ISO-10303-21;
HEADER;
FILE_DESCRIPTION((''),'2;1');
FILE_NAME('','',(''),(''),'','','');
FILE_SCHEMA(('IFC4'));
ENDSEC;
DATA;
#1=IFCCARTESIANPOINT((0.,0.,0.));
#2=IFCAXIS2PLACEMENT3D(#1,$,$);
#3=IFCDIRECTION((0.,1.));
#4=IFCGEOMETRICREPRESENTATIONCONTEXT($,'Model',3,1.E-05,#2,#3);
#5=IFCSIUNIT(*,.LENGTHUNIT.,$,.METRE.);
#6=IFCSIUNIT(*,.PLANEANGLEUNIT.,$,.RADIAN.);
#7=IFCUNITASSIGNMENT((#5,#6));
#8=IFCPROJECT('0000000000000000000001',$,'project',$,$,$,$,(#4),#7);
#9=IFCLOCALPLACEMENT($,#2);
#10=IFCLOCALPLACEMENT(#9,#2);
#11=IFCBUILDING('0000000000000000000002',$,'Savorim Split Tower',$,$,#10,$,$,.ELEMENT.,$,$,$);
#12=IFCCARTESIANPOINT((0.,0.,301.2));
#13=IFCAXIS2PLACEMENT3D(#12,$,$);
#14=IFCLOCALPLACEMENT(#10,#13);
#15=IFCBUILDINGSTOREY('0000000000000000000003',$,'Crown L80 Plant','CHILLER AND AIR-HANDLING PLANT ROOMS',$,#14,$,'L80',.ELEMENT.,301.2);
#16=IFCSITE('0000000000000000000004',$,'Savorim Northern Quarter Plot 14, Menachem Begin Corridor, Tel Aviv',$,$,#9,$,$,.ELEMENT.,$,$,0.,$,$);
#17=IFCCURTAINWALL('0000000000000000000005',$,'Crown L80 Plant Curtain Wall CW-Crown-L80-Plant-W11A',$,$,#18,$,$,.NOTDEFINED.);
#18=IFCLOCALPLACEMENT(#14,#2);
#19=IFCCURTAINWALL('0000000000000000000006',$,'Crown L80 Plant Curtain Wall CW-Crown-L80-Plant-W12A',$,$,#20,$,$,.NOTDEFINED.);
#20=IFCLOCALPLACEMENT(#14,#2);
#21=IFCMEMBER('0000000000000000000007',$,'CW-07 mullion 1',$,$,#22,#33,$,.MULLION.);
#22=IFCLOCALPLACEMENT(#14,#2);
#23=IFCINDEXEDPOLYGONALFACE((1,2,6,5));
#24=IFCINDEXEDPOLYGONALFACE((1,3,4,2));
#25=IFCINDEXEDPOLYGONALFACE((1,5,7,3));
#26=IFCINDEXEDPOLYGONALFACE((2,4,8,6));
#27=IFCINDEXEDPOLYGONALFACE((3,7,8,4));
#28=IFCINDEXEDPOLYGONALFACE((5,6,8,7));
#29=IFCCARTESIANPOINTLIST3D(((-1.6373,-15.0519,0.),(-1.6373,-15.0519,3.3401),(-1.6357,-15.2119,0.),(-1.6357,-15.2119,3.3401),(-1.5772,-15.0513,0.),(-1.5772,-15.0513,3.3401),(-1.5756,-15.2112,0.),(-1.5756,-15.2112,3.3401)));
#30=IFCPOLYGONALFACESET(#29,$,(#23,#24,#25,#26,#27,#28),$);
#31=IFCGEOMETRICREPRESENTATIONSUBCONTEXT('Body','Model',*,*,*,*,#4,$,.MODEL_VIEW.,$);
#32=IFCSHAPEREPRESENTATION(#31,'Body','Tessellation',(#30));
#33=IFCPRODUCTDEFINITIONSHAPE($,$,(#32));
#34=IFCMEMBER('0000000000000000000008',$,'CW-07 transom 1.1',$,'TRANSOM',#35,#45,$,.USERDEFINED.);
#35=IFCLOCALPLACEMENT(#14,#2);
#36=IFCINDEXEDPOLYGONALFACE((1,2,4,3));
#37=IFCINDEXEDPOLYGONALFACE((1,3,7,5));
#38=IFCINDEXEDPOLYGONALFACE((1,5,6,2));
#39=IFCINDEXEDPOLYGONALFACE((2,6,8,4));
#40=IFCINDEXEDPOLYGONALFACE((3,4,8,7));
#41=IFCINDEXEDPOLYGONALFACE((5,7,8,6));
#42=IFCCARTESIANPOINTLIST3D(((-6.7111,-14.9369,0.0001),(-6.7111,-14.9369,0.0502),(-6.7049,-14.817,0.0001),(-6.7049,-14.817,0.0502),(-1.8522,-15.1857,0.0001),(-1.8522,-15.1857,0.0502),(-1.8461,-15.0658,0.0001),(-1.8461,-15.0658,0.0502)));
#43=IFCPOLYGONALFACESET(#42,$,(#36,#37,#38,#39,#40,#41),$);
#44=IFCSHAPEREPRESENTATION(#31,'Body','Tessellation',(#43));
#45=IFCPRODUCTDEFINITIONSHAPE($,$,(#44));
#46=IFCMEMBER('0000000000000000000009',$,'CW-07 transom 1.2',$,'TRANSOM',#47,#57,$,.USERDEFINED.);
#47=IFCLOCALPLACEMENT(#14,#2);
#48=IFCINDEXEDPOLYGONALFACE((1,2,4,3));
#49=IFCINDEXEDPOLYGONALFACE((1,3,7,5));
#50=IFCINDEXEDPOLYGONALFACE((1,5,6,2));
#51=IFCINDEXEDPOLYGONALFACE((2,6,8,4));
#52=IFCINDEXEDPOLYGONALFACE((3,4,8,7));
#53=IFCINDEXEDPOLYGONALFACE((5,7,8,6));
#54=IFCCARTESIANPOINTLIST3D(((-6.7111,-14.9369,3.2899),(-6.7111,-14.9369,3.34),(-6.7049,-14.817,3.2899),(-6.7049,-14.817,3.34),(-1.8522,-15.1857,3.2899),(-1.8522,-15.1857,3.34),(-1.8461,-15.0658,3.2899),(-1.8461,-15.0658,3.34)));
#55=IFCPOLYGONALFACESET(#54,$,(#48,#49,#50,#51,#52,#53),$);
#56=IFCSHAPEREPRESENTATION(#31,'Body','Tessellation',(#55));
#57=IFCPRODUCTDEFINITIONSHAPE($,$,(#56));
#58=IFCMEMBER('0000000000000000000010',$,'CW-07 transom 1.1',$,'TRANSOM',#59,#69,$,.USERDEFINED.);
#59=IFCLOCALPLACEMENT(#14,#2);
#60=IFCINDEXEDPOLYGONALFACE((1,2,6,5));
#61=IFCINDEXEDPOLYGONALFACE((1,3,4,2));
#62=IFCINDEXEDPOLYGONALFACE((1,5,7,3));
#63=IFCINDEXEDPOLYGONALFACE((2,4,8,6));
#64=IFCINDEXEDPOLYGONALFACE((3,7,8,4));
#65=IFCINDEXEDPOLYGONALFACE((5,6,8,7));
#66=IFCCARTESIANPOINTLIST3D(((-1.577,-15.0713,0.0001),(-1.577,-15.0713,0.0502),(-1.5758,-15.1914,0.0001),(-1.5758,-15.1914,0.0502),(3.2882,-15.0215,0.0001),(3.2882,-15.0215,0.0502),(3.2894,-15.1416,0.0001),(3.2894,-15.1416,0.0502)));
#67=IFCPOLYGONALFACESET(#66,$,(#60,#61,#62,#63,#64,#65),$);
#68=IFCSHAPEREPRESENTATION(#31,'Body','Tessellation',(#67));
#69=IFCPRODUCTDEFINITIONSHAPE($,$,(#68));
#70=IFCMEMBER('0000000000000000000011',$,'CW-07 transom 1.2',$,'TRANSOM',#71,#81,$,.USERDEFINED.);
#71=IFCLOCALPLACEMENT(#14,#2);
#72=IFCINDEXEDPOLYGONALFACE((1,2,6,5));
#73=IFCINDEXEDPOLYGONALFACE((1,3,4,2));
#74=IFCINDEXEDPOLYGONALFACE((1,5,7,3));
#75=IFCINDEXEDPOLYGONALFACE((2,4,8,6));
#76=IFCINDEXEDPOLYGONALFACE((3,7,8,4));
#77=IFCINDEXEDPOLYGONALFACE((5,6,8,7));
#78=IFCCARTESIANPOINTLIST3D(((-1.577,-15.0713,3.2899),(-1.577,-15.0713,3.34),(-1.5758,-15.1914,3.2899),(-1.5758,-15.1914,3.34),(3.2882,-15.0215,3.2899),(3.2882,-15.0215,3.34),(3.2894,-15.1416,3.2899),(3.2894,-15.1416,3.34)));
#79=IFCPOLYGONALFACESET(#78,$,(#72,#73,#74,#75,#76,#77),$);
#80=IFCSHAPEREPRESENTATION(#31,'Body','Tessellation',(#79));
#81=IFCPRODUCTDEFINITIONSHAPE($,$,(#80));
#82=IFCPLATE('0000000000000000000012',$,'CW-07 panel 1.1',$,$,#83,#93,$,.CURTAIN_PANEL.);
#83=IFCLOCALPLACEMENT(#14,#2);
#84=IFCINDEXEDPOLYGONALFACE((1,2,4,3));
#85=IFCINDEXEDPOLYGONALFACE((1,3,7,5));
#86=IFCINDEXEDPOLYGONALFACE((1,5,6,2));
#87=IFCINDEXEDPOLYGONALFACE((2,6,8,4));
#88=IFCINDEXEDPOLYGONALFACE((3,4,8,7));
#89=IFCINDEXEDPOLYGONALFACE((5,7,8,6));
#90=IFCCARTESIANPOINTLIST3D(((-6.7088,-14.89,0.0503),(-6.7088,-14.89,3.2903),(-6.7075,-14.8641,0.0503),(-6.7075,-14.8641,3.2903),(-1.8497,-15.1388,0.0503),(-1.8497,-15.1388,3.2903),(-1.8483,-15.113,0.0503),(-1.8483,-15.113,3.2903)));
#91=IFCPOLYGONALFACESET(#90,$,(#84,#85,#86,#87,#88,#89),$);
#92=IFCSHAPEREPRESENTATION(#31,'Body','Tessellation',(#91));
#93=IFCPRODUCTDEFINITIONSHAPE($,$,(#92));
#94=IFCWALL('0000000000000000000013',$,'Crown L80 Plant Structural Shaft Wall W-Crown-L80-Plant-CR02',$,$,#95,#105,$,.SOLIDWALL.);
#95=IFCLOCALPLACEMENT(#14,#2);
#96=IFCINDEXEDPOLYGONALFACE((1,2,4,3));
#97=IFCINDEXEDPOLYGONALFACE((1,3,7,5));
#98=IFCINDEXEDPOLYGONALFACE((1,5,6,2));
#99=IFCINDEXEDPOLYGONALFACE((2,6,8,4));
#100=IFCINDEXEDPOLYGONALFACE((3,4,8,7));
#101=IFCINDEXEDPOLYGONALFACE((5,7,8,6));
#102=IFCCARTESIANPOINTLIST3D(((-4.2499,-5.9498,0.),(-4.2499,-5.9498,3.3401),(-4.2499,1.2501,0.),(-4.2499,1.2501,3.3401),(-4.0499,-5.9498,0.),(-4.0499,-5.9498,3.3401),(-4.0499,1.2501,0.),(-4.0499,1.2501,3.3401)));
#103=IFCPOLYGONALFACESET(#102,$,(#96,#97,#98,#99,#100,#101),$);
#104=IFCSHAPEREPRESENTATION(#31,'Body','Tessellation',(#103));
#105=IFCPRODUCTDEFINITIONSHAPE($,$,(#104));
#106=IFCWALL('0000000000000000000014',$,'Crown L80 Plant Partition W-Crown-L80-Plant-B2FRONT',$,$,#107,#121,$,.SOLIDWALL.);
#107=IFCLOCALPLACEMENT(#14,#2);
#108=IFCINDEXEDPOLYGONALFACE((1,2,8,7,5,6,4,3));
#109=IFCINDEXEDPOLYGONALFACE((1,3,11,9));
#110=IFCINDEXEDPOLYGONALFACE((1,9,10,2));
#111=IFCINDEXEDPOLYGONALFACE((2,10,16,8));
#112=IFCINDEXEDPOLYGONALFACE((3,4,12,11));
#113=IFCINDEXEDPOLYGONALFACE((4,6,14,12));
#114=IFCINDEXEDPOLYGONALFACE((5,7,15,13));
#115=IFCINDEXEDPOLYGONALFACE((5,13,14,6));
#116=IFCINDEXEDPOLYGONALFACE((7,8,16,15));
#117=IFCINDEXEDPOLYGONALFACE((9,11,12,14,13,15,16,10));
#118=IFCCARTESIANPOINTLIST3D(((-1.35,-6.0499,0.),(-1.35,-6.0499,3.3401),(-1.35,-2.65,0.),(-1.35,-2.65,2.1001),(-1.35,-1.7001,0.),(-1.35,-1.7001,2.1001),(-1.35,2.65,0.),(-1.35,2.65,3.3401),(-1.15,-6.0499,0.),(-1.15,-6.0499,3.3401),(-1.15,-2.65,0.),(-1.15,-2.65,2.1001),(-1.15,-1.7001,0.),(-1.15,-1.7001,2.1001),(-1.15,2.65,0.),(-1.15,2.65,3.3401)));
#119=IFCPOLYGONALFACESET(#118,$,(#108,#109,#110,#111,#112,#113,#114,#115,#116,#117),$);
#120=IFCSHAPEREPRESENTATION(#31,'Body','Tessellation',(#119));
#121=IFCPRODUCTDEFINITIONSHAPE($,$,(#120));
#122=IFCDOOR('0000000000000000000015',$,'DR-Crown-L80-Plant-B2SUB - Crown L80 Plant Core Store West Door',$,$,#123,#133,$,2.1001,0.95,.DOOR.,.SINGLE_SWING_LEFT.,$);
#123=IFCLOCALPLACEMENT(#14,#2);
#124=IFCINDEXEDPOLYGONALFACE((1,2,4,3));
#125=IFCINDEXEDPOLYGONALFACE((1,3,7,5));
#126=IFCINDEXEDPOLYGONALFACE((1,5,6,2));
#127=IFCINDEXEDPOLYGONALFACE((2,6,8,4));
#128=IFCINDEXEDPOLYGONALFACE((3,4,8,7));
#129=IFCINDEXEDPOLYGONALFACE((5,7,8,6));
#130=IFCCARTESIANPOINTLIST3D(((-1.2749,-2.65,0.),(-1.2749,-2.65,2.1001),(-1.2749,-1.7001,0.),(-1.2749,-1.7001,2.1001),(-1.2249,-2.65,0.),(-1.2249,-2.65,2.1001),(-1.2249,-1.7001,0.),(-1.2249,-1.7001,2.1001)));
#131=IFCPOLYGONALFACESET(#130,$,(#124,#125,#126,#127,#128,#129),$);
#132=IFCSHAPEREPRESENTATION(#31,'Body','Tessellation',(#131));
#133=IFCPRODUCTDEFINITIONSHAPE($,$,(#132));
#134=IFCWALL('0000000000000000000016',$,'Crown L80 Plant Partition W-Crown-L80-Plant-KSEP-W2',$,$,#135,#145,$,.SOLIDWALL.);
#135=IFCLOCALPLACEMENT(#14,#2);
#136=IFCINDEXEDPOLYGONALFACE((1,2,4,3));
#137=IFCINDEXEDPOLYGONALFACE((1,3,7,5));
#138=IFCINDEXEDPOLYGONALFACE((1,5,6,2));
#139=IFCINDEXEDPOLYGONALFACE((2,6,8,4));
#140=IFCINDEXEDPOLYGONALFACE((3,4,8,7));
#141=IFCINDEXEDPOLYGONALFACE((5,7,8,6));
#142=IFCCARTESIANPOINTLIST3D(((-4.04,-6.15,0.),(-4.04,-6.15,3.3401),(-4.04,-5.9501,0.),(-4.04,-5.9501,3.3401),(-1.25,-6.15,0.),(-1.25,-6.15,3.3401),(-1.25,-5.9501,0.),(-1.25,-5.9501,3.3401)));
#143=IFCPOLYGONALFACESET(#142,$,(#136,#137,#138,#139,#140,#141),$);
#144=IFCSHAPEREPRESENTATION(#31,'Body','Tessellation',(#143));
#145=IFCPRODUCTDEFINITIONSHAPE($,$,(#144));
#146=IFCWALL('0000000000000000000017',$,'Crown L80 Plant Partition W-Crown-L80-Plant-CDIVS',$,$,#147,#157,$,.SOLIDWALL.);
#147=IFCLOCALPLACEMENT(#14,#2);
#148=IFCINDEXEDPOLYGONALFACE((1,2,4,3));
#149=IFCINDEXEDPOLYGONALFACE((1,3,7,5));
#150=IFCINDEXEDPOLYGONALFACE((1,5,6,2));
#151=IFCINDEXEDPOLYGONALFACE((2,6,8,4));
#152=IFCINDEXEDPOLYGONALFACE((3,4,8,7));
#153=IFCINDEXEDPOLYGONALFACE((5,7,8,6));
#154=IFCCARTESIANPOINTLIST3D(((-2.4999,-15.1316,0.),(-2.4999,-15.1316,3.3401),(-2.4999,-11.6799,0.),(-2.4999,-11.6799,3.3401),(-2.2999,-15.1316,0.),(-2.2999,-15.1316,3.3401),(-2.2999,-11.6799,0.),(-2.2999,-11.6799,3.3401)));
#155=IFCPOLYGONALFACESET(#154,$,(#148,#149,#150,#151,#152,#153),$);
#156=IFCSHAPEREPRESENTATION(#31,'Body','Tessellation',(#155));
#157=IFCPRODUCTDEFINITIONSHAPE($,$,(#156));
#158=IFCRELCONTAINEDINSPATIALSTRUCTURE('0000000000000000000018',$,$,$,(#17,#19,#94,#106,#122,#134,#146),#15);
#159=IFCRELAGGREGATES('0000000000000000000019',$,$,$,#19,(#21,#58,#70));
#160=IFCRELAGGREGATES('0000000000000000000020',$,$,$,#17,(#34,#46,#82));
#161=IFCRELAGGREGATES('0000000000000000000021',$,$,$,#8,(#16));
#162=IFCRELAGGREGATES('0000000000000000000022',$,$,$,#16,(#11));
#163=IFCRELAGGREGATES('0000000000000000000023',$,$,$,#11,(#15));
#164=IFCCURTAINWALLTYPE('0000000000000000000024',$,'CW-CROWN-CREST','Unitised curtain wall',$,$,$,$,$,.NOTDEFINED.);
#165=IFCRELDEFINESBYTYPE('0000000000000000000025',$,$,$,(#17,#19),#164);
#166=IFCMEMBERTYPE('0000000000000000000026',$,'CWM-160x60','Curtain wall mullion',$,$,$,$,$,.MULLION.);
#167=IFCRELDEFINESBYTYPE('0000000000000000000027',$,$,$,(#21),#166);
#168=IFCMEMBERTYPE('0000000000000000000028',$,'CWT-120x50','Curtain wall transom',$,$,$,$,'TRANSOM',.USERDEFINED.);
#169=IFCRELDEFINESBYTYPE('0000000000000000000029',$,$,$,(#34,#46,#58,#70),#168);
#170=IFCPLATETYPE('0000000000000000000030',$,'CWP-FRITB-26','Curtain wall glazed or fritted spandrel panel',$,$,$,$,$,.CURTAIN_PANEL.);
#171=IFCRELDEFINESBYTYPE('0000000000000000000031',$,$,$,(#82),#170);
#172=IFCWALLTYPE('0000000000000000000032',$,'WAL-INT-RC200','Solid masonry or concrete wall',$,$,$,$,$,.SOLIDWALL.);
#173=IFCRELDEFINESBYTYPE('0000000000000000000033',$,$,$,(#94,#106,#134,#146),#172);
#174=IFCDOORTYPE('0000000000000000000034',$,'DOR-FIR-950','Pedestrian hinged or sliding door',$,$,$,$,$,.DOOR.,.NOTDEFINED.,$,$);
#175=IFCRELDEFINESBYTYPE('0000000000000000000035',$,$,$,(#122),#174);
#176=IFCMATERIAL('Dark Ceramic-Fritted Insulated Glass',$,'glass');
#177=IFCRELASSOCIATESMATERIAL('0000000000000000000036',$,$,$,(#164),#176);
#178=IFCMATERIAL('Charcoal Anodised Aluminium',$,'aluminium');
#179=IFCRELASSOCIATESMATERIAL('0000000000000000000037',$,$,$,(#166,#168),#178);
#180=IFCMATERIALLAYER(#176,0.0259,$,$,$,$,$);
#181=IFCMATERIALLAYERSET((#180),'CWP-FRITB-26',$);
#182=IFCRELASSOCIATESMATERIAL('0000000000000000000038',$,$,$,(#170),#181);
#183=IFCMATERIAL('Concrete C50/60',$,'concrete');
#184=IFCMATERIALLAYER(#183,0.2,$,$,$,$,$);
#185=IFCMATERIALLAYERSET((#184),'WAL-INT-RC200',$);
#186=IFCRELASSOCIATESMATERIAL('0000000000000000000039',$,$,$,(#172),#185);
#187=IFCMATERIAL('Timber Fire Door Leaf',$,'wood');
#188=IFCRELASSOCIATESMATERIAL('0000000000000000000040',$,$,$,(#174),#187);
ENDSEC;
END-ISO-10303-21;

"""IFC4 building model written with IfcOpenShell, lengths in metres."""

from ifc_helpers import new_model, si_unit, direction, frame, frame_2d, origin, origin_2d, place, context, subcontext, project, spatial, rectangle, extrude, material, layer, layer_set, material_profile, profile_set, type_object, element, fill, aggregate, save


model = new_model("IFC4")

# Units and contexts
model_context = context("Model", 3, precision=1e-05, world=origin(), true_north=direction((0.0, 1.0)))
body_context = subcontext(model_context, "Body", "Model", "MODEL_VIEW")
ifc_project = project(units=[si_unit("LENGTHUNIT", "METRE"), si_unit("PLANEANGLEUNIT", "RADIAN")], contexts=[model_context])

# Site, building, storey
site_placement = place(None, origin())
site = spatial("IfcSite", under=ifc_project, at=site_placement, Name="Savorim Northern Quarter Plot 14, Menachem Begin Corridor, Tel Aviv", CompositionType="ELEMENT", RefElevation=0.0)
building_placement = place(site_placement, origin())
building = spatial("IfcBuilding", under=site, at=building_placement, Name="Savorim Split Tower", CompositionType="ELEMENT")
storey_placement = place(building_placement, frame((0.0, 0.0, 301.2)))
storey = spatial("IfcBuildingStorey", under=building, at=storey_placement, Name="Crown L80 Plant", Description="CHILLER AND AIR-HANDLING PLANT ROOMS", LongName="L80", CompositionType="ELEMENT", Elevation=301.2)

# Shared definitions
ifc_material_1 = material(Name="Dark Ceramic-Fritted Insulated Glass", Category="glass")
curtain_wall_type = type_object("IfcCurtainWallType", Name="CW-CROWN-CREST", Description="Unitised curtain wall", PredefinedType="NOTDEFINED", material=ifc_material_1)
ifc_material_2 = material(Name="Charcoal Anodised Aluminium", Category="aluminium")
ifc_material_profile_1 = material_profile(ifc_material_2, rectangle(XDim=0.1599, YDim=0.0601, at=origin_2d()), Name="ALU-M 160x60")
ifc_profile_set_1 = profile_set([ifc_material_profile_1], Name="Charcoal Anodised Aluminium")
member_type_1 = type_object("IfcMemberType", Name="CWM-160x60", Description="Curtain wall mullion", PredefinedType="MULLION", material=ifc_profile_set_1)

# Curtain wall
curtain_wall_1_placement = place(storey_placement, origin())
curtain_wall_1 = element("IfcCurtainWall", 1, at=curtain_wall_1_placement, inside=storey, type_object=curtain_wall_type, Name="Crown L80 Plant Curtain Wall CW-Crown-L80-Plant-W11A", PredefinedType="NOTDEFINED")

# Curtain wall, member
curtain_wall_2_placement = place(storey_placement, origin())
curtain_wall_2 = element("IfcCurtainWall", 2, at=curtain_wall_2_placement, inside=storey, type_object=curtain_wall_type, Name="Crown L80 Plant Curtain Wall CW-Crown-L80-Plant-W12A", PredefinedType="NOTDEFINED")
member_1_placement = place(storey_placement, frame((-1.6064, -15.1316, 0.0), z_axis=(0.0, 0.0, 1.0), x_axis=(-0.01023, 0.999948, 0.0)))
member_1 = element("IfcMember", 3, at=member_1_placement, type_object=member_type_1, Name="CW-07 mullion 1", PredefinedType="MULLION", context=body_context, shape_type="SweptSolid", body=[
    extrude(rectangle(XDim=0.1599, YDim=0.0601, at=origin_2d()), origin(), (0.0, 0.0, 1.0), 3.3401),
])

# Members
ifc_material_profile_2 = material_profile(ifc_material_2, rectangle(XDim=0.1201, YDim=0.05, at=origin_2d()), Name="ALU-T 120x50")
ifc_profile_set_2 = profile_set([ifc_material_profile_2], Name="Charcoal Anodised Aluminium")
member_type_2 = type_object("IfcMemberType", Name="CWT-120x50", Description="Curtain wall transom", ElementType="TRANSOM", PredefinedType="USERDEFINED", material=ifc_profile_set_2)
member_2_placement = place(storey_placement, frame((-6.708, -14.877, 0.0251), z_axis=(0.998692, -0.051134, 0.0), x_axis=(0.051134, 0.998692, 0.0)))
member_2 = element("IfcMember", 4, at=member_2_placement, type_object=member_type_2, Name="CW-07 transom 1.1", ObjectType="TRANSOM", PredefinedType="USERDEFINED", context=body_context, shape_type="SweptSolid", body=[
    extrude(rectangle(XDim=0.1201, YDim=0.05, at=origin_2d()), origin(), (0.0, 0.0, 1.0), 4.8652),
])
member_3_placement = place(storey_placement, frame((-6.708, -14.877, 3.3149), z_axis=(0.998692, -0.051134, 0.0), x_axis=(0.051134, 0.998692, 0.0)))
member_3 = element("IfcMember", 5, at=member_3_placement, type_object=member_type_2, Name="CW-07 transom 1.2", ObjectType="TRANSOM", PredefinedType="USERDEFINED", context=body_context, shape_type="SweptSolid", body=[
    extrude(rectangle(XDim=0.1201, YDim=0.05, at=origin_2d()), origin(), (0.0, 0.0, 1.0), 4.8652),
])
member_4_placement = place(storey_placement, frame((-1.5764, -15.1313, 0.0251), z_axis=(0.999948, 0.010236, 0.0), x_axis=(-0.010236, 0.999948, 0.0)))
member_4 = element("IfcMember", 6, at=member_4_placement, type_object=member_type_2, Name="CW-07 transom 1.1", ObjectType="TRANSOM", PredefinedType="USERDEFINED", context=body_context, shape_type="SweptSolid", body=[
    extrude(rectangle(XDim=0.1201, YDim=0.05, at=origin_2d()), origin(), (0.0, 0.0, 1.0), 4.8655),
])
member_5_placement = place(storey_placement, frame((-1.5764, -15.1313, 3.3149), z_axis=(0.999948, 0.010236, 0.0), x_axis=(-0.010236, 0.999948, 0.0)))
member_5 = element("IfcMember", 7, at=member_5_placement, type_object=member_type_2, Name="CW-07 transom 1.2", ObjectType="TRANSOM", PredefinedType="USERDEFINED", context=body_context, shape_type="SweptSolid", body=[
    extrude(rectangle(XDim=0.1201, YDim=0.05, at=origin_2d()), origin(), (0.0, 0.0, 1.0), 4.8655),
])
aggregate(curtain_wall_2, [member_1, member_4, member_5])

# Plate
ifc_layer_1 = layer(ifc_material_1, 0.0259)
ifc_layer_set_1 = layer_set([ifc_layer_1], Name="CWP-FRITB-26")
plate_type = type_object("IfcPlateType", Name="CWP-FRITB-26", Description="Curtain wall glazed or fritted spandrel panel", PredefinedType="CURTAIN_PANEL", material=ifc_layer_set_1)
plate_placement = place(storey_placement, frame((-4.2786, -15.0015, 0.0503), z_axis=(0.0, 0.0, 1.0), x_axis=(0.998691, -0.051149, 0.0)))
plate = element("IfcPlate", 8, at=plate_placement, type_object=plate_type, Name="CW-07 panel 1.1", PredefinedType="CURTAIN_PANEL", context=body_context, shape_type="SweptSolid", body=[
    extrude(rectangle(XDim=4.8655, YDim=0.0259, at=origin_2d()), origin(), (0.0, 0.0, 1.0), 3.24),
])
aggregate(curtain_wall_1, [member_2, member_3, plate])

# Wall
ifc_material_3 = material(Name="Concrete C50/60", Category="concrete")
ifc_layer_2 = layer(ifc_material_3, 0.2)
ifc_layer_set_2 = layer_set([ifc_layer_2], Name="WAL-INT-RC200")
wall_type_1 = type_object("IfcWallType", Name="WAL-INT-RC200", Description="Solid masonry or concrete wall", PredefinedType="SOLIDWALL", material=ifc_layer_set_2)
wall_1_placement = place(storey_placement, frame((-4.1499, -5.95, 0.0), z_axis=(0.0, 0.0, 1.0), x_axis=(0.0, 1.0, 0.0)))
element("IfcWall", 9, at=wall_1_placement, inside=storey, type_object=wall_type_1, Name="Crown L80 Plant Structural Shaft Wall W-Crown-L80-Plant-CR02", PredefinedType="SOLIDWALL", context=body_context, shape_type="SweptSolid", body=[
    extrude(rectangle(XDim=7.2, YDim=0.2, at=frame_2d((3.6001, 0.0))), origin(), (0.0, 0.0, 1.0), 3.3401),
])

# Wall, opening, door
wall_2_placement = place(storey_placement, frame((-1.25, -6.05, 0.0), z_axis=(0.0, 0.0, 1.0), x_axis=(0.0, 1.0, 0.0)))
wall_2 = element("IfcWall", 10, at=wall_2_placement, inside=storey, type_object=wall_type_1, Name="Crown L80 Plant Partition W-Crown-L80-Plant-B2FRONT", PredefinedType="SOLIDWALL", context=body_context, shape_type="SweptSolid", body=[
    extrude(rectangle(XDim=8.7, YDim=0.2, at=frame_2d((4.3501, 0.0))), origin(), (0.0, 0.0, 1.0), 3.3401),
])
opening_1_placement = place(wall_2_placement, frame((3.3999, 0.0, 0.0)))
opening_1 = element("IfcOpeningElement", 11, at=opening_1_placement, cuts=wall_2, PredefinedType="OPENING", context=body_context, shape_type="SweptSolid", body=[
    extrude(rectangle(XDim=0.95, YDim=2.1001, at=frame_2d((0.4751, 1.05))), frame((0.0, 0.1099, 0.0), z_axis=(0.0, -1.0, 0.0), x_axis=(1.0, 0.0, 0.0)), (0.0, 0.0, 1.0), 0.22),
])
ifc_material_4 = material(Name="Timber Fire Door Leaf", Category="wood")
door_type_1 = type_object("IfcDoorType", Name="DOR-FIR-950", Description="Pedestrian hinged or sliding door", OperationType="NOTDEFINED", PredefinedType="DOOR", material=ifc_material_4)
door_1_placement = place(opening_1_placement, origin())
door_1 = element("IfcDoor", 12, at=door_1_placement, inside=storey, type_object=door_type_1, Name="DR-Crown-L80-Plant-B2SUB - Crown L80 Plant Core Store West Door", OperationType="SINGLE_SWING_LEFT", OverallHeight=2.1001, OverallWidth=0.95, PredefinedType="DOOR", context=body_context, shape_type="SweptSolid", body=[
    extrude(rectangle(XDim=0.95, YDim=2.1001, at=frame_2d((0.4751, 1.05))), frame((0.0, 0.0249, 0.0), z_axis=(0.0, -1.0, 0.0), x_axis=(1.0, 0.0, 0.0)), (0.0, 0.0, 1.0), 0.05),
])
fill(opening_1, door_1)

# Walls
wall_3_placement = place(storey_placement, frame((-4.04, -6.05, 0.0), z_axis=(0.0, 0.0, 1.0), x_axis=(1.0, 0.0, 0.0)))
element("IfcWall", 13, at=wall_3_placement, inside=storey, type_object=wall_type_1, Name="Crown L80 Plant Partition W-Crown-L80-Plant-KSEP-W2", PredefinedType="SOLIDWALL", context=body_context, shape_type="SweptSolid", body=[
    extrude(rectangle(XDim=2.79, YDim=0.2, at=frame_2d((1.395, 0.0))), origin(), (0.0, 0.0, 1.0), 3.3401),
])
wall_4_placement = place(storey_placement, frame((-2.3999, -15.1316, 0.0), z_axis=(0.0, 0.0, 1.0), x_axis=(0.0, 1.0, 0.0)))
element("IfcWall", 14, at=wall_4_placement, inside=storey, type_object=wall_type_1, Name="Crown L80 Plant Partition W-Crown-L80-Plant-CDIVS", PredefinedType="SOLIDWALL", context=body_context, shape_type="SweptSolid", body=[
    extrude(rectangle(XDim=3.4517, YDim=0.2, at=frame_2d((1.7258, 0.0))), origin(), (0.0, 0.0, 1.0), 3.3401),
])

save(model, "model.ifc")
